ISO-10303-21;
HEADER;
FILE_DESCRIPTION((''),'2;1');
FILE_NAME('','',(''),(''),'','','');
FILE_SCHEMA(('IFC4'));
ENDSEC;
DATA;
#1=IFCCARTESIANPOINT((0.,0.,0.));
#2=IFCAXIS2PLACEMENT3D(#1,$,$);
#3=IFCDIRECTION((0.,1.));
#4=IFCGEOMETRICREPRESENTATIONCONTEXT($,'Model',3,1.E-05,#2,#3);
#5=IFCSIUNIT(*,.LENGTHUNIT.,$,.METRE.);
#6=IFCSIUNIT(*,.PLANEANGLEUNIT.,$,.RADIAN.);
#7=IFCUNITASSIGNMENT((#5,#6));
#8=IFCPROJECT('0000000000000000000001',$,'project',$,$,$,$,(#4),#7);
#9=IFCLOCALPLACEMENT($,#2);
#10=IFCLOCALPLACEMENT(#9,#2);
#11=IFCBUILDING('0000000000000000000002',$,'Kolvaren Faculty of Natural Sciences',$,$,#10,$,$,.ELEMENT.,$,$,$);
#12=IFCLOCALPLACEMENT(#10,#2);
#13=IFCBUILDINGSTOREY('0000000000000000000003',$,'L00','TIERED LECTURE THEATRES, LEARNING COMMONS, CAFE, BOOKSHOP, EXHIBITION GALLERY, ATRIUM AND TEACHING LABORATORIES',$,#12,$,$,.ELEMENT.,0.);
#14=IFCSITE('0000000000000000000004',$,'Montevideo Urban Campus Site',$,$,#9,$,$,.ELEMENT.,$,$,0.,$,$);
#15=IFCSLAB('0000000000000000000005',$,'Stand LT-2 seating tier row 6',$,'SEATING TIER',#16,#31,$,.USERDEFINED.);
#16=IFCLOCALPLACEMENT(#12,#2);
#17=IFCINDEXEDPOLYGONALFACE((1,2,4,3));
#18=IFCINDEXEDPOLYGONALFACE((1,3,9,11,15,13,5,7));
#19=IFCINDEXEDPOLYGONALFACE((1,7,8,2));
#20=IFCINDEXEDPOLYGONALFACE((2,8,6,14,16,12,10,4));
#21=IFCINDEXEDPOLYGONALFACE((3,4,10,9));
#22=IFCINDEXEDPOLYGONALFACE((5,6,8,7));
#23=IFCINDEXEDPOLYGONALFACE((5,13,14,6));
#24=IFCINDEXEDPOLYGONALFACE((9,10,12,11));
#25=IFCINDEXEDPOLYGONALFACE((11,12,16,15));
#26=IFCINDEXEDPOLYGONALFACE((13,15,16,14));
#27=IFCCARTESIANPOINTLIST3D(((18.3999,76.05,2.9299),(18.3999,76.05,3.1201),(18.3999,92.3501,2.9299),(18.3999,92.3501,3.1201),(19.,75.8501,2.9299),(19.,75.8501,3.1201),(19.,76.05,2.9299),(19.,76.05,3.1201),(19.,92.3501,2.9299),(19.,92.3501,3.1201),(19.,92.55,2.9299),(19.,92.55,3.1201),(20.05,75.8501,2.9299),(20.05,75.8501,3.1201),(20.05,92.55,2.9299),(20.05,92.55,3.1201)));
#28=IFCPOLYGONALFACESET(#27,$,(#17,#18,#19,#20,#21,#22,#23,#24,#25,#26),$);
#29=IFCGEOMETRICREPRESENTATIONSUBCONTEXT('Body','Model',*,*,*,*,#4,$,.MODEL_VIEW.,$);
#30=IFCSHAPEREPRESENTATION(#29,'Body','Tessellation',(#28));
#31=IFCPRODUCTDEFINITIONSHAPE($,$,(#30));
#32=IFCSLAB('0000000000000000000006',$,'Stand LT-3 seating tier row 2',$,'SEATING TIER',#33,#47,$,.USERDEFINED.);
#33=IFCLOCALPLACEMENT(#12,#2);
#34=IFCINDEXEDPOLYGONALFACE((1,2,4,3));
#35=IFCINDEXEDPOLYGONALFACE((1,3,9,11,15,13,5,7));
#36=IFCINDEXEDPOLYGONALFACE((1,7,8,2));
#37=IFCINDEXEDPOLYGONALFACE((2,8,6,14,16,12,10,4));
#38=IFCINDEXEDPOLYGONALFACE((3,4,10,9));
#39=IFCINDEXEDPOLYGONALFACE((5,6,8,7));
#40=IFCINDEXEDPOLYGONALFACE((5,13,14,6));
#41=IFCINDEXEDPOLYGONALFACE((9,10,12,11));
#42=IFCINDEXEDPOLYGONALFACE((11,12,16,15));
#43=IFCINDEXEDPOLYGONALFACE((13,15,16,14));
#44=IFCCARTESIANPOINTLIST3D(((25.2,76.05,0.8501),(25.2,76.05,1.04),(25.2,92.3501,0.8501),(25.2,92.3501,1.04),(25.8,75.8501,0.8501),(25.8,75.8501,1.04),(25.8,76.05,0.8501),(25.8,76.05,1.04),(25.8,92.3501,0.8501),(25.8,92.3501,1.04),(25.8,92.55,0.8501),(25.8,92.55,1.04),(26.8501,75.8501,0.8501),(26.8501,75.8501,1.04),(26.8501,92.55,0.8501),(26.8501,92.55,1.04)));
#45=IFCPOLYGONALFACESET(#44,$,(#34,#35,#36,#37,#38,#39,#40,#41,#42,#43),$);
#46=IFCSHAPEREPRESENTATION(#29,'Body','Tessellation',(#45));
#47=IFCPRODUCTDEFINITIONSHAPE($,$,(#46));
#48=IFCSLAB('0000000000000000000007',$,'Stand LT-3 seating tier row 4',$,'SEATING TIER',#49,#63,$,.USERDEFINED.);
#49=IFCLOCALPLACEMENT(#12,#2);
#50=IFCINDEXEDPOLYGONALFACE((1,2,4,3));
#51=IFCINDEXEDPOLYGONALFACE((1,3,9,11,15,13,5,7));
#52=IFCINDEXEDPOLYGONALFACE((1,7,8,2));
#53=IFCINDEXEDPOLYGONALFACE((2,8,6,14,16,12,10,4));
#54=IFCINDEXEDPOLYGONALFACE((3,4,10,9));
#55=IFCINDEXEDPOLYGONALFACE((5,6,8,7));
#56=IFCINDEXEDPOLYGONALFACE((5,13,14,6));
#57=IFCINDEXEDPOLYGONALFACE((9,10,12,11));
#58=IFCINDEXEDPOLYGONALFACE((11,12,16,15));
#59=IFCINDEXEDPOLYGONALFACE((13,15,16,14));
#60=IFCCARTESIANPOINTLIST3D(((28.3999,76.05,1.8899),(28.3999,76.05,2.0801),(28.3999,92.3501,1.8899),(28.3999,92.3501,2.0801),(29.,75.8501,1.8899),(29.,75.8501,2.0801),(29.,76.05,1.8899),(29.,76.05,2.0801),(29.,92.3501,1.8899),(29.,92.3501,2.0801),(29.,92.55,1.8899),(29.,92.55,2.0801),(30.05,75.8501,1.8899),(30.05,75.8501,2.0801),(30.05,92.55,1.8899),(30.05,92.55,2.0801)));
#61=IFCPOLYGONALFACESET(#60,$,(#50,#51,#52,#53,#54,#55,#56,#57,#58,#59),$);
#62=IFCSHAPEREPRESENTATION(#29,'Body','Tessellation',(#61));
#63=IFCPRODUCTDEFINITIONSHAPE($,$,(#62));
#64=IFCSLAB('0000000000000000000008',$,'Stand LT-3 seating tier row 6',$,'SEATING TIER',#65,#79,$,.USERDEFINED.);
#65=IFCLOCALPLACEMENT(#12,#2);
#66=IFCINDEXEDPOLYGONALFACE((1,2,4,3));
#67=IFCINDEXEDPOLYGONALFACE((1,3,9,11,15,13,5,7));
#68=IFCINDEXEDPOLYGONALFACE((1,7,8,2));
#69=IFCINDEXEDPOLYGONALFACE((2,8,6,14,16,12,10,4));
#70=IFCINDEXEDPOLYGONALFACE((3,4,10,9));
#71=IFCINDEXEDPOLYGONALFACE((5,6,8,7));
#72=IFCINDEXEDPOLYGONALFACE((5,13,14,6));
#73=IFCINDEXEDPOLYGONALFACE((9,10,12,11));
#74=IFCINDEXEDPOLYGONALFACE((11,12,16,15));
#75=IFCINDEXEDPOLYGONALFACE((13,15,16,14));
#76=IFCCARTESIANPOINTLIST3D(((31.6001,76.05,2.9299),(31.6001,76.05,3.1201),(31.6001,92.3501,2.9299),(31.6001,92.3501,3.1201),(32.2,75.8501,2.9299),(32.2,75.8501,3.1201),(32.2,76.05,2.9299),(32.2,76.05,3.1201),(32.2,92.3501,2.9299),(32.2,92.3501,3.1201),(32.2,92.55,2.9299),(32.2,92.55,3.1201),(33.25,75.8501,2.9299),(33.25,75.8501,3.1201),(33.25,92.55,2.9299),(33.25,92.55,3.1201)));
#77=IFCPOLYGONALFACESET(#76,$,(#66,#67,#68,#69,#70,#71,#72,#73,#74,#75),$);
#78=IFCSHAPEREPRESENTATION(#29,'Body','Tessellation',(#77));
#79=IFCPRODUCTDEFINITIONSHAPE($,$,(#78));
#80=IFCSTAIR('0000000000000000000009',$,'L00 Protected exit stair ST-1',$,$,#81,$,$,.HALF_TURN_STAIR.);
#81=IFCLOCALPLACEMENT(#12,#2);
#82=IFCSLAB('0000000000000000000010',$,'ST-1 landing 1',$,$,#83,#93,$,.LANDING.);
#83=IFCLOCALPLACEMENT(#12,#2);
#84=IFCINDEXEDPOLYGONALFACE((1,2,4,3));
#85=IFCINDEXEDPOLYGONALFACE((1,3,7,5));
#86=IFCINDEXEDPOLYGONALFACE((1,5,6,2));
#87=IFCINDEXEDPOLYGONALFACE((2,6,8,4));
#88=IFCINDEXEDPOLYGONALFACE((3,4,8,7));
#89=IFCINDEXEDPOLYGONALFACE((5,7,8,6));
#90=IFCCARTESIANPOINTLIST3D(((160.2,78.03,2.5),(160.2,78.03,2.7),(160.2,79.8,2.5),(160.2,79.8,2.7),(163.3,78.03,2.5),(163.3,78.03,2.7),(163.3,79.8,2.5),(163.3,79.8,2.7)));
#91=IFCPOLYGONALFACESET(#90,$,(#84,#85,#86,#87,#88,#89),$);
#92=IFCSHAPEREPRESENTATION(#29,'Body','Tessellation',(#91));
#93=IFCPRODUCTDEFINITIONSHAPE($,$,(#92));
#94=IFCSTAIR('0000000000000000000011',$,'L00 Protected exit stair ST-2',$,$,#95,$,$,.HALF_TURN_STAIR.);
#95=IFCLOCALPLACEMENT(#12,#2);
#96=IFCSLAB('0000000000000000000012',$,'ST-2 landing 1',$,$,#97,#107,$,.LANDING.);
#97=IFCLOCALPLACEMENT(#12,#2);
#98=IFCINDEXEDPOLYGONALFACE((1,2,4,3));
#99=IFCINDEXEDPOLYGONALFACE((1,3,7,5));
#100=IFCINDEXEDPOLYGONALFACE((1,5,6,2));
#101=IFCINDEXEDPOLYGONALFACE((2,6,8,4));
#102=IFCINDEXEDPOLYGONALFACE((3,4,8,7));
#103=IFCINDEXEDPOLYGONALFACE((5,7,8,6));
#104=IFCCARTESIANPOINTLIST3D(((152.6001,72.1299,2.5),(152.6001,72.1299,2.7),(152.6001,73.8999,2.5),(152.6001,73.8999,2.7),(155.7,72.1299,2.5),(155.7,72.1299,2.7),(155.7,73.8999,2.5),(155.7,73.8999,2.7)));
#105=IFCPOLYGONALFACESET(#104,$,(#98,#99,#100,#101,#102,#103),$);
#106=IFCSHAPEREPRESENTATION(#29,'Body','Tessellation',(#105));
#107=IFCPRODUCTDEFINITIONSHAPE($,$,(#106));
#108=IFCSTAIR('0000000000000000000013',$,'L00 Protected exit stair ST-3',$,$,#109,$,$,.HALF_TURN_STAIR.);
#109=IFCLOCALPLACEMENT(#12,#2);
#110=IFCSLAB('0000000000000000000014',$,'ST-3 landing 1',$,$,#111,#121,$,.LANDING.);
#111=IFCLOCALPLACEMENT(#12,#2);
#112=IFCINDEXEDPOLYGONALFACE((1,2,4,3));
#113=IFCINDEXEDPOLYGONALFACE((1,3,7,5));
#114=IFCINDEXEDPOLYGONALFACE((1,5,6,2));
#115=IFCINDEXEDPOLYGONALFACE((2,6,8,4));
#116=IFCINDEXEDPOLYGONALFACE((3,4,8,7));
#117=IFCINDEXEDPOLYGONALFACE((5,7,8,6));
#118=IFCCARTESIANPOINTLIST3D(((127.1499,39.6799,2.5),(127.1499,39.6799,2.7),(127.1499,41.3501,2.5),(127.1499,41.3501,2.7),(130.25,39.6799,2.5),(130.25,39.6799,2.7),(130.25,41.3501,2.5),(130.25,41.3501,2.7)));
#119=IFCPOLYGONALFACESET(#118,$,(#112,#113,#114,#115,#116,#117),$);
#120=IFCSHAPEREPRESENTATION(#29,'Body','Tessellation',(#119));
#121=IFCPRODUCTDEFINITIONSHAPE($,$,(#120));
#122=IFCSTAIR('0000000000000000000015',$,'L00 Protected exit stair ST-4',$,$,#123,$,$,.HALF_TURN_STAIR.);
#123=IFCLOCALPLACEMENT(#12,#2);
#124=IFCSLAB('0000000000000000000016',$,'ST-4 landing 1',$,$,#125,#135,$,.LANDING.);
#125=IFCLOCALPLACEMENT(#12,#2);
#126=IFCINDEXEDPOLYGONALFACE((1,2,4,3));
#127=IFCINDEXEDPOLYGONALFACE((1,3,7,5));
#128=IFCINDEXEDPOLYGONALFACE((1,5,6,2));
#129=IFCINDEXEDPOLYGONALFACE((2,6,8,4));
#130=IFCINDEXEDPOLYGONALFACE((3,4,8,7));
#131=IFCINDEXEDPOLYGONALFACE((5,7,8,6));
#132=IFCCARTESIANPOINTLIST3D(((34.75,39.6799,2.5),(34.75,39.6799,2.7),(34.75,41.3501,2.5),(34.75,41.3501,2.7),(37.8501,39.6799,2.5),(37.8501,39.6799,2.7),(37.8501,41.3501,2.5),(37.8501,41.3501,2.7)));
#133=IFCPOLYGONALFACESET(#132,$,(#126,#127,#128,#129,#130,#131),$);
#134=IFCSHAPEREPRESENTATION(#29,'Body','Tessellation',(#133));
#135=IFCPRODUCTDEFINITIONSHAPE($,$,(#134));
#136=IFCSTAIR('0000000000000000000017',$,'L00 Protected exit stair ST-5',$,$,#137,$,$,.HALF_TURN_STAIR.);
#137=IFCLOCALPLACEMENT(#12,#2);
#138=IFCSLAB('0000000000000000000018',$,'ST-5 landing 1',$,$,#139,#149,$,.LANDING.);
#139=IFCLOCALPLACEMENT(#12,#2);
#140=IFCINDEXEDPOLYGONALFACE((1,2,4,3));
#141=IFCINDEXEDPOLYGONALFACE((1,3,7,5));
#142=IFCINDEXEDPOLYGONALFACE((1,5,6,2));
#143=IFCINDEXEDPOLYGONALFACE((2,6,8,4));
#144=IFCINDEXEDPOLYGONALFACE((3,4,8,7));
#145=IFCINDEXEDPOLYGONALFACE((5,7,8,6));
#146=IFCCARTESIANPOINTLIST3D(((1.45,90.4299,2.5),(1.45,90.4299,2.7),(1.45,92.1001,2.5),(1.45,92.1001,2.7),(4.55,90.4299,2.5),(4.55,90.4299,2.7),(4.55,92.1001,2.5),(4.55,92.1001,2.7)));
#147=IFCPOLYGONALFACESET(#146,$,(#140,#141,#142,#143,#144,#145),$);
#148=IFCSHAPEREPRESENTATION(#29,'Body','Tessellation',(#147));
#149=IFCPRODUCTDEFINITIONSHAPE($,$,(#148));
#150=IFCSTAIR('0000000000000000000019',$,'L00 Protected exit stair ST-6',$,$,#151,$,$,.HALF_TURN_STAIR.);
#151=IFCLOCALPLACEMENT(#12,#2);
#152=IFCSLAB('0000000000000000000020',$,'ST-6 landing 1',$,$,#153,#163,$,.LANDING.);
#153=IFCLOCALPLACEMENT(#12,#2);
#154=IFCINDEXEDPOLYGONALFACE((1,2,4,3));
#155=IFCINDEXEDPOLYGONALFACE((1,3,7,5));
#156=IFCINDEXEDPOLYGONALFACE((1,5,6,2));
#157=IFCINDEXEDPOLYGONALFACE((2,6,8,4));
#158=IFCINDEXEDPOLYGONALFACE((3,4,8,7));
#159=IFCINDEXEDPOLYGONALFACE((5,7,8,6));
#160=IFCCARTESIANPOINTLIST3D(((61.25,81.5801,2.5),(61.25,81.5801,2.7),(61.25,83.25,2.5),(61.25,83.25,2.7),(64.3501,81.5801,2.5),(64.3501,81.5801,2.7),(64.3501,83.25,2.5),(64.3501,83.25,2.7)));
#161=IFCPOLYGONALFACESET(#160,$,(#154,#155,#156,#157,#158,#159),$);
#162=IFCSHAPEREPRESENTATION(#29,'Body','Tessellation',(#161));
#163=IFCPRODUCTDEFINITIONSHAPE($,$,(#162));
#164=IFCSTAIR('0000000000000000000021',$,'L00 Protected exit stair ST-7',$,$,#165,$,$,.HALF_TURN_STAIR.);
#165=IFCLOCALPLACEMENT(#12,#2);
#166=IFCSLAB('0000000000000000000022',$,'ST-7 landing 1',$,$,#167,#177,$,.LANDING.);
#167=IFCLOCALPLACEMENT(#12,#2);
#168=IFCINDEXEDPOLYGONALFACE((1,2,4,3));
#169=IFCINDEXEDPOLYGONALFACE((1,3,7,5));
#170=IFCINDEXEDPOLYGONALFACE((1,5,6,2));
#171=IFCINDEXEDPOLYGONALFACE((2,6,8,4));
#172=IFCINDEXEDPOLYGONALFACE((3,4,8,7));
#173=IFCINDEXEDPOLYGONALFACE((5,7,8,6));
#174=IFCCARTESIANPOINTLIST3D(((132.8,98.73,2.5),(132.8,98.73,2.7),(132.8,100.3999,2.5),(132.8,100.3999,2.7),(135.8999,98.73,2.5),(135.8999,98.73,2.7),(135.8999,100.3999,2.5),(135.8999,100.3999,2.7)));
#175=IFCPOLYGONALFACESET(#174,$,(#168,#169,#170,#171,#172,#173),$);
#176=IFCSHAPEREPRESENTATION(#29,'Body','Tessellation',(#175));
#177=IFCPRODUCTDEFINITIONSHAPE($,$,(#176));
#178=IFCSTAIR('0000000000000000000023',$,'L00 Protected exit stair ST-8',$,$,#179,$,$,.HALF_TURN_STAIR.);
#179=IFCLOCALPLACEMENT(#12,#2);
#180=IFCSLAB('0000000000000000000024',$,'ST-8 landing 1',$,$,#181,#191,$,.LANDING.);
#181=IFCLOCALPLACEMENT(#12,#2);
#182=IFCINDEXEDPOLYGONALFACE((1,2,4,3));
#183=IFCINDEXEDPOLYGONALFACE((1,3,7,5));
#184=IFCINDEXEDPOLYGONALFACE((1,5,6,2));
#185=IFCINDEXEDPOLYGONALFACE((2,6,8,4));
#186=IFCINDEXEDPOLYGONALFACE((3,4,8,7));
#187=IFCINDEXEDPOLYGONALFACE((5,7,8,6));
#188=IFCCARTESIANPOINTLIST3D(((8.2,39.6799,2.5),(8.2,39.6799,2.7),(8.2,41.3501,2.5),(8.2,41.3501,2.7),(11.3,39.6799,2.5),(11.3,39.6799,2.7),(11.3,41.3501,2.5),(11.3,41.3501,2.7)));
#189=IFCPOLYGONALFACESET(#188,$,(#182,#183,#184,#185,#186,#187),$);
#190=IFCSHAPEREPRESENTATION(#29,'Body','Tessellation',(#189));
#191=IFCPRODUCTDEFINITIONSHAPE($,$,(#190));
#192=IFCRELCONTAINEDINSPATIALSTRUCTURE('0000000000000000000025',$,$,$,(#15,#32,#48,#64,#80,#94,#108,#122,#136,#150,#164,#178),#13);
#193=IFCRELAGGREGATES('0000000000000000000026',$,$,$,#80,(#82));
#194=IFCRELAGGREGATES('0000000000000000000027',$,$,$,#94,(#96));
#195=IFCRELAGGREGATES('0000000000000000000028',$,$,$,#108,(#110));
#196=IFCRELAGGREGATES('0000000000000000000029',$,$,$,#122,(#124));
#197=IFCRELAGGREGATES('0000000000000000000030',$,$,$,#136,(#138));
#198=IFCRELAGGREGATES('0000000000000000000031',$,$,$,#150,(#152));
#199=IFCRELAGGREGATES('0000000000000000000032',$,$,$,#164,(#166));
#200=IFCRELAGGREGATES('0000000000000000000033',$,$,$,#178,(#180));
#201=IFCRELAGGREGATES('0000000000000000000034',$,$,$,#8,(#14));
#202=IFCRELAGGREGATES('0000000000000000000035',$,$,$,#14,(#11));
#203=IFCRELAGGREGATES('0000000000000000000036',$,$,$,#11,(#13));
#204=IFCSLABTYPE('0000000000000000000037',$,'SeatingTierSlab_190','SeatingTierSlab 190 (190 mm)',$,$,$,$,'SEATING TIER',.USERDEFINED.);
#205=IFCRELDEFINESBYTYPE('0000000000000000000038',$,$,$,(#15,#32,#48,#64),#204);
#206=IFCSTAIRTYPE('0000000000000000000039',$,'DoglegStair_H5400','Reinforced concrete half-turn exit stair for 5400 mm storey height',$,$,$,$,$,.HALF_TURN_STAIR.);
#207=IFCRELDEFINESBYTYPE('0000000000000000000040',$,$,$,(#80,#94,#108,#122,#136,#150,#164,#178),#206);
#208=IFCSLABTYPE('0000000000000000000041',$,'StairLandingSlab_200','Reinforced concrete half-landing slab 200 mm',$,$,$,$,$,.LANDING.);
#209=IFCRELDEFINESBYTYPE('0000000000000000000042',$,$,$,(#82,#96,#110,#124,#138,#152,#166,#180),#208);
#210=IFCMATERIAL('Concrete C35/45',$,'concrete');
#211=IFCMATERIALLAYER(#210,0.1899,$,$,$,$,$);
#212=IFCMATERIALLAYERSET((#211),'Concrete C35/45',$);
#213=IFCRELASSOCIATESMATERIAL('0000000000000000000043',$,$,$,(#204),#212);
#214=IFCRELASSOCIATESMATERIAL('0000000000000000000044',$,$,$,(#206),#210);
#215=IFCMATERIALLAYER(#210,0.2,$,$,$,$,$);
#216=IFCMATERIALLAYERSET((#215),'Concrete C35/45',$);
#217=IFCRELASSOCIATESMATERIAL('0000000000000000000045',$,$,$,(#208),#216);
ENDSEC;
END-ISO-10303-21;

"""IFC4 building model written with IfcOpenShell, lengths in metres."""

from ifc_helpers import new_model, si_unit, direction, frame, origin, place, context, subcontext, project, spatial, polyline, outline, extrude, material, layer, layer_set, type_object, element, aggregate, save


model = new_model("IFC4")

# Units and contexts
model_context = context("Model", 3, precision=1e-05, world=origin(), true_north=direction((0.0, 1.0)))
body_context = subcontext(model_context, "Body", "Model", "MODEL_VIEW")
ifc_project = project(units=[si_unit("LENGTHUNIT", "METRE"), si_unit("PLANEANGLEUNIT", "RADIAN")], contexts=[model_context])

# Site, building, storey
site_placement = place(None, origin())
site = spatial("IfcSite", under=ifc_project, at=site_placement, Name="Montevideo Urban Campus Site", CompositionType="ELEMENT", RefElevation=0.0)
building_placement = place(site_placement, origin())
building = spatial("IfcBuilding", under=site, at=building_placement, Name="Kolvaren Faculty of Natural Sciences", CompositionType="ELEMENT")
storey_placement = place(building_placement, origin())
storey = spatial("IfcBuildingStorey", under=building, at=storey_placement, Name="L00", Description="TIERED LECTURE THEATRES, LEARNING COMMONS, CAFE, BOOKSHOP, EXHIBITION GALLERY, ATRIUM AND TEACHING LABORATORIES", CompositionType="ELEMENT", Elevation=0.0)

# Slabs
ifc_material_1 = material(Name="Concrete C35/45", Category="concrete")
ifc_layer_1 = layer(ifc_material_1, 0.1899)
ifc_layer_set_1 = layer_set([ifc_layer_1], Name="Concrete C35/45")
slab_type_1 = type_object("IfcSlabType", Name="SeatingTierSlab_190", Description="SeatingTierSlab 190 (190 mm)", ElementType="SEATING TIER", PredefinedType="USERDEFINED", material=ifc_layer_set_1)
slab_1_placement = place(storey_placement, frame((0.0, 0.0, 2.9299)))
element("IfcSlab", 1, at=slab_1_placement, inside=storey, type_object=slab_type_1, Name="Stand LT-2 seating tier row 6", ObjectType="SEATING TIER", PredefinedType="USERDEFINED", context=body_context, shape_type="SweptSolid", body=[
    extrude(outline(polyline([(18.3999, 76.05), (19.0, 76.05), (19.0, 75.8501), (20.05, 75.8501), (20.05, 92.55), (19.0, 92.55), (19.0, 92.3501), (18.3999, 92.3501), (18.3999, 76.05)])), origin(), (0.0, 0.0, 1.0), 0.1902),
])
slab_2_placement = place(storey_placement, frame((0.0, 0.0, 0.8501)))
element("IfcSlab", 2, at=slab_2_placement, inside=storey, type_object=slab_type_1, Name="Stand LT-3 seating tier row 2", ObjectType="SEATING TIER", PredefinedType="USERDEFINED", context=body_context, shape_type="SweptSolid", body=[
    extrude(outline(polyline([(25.2, 76.05), (25.8, 76.05), (25.8, 75.8501), (26.8501, 75.8501), (26.8501, 92.55), (25.8, 92.55), (25.8, 92.3501), (25.2, 92.3501), (25.2, 76.05)])), origin(), (0.0, 0.0, 1.0), 0.1899),
])
slab_3_placement = place(storey_placement, frame((0.0, 0.0, 1.8899)))
element("IfcSlab", 3, at=slab_3_placement, inside=storey, type_object=slab_type_1, Name="Stand LT-3 seating tier row 4", ObjectType="SEATING TIER", PredefinedType="USERDEFINED", context=body_context, shape_type="SweptSolid", body=[
    extrude(outline(polyline([(28.3999, 76.05), (29.0, 76.05), (29.0, 75.8501), (30.05, 75.8501), (30.05, 92.55), (29.0, 92.55), (29.0, 92.3501), (28.3999, 92.3501), (28.3999, 76.05)])), origin(), (0.0, 0.0, 1.0), 0.1902),
])
slab_4_placement = place(storey_placement, frame((0.0, 0.0, 2.9299)))
element("IfcSlab", 4, at=slab_4_placement, inside=storey, type_object=slab_type_1, Name="Stand LT-3 seating tier row 6", ObjectType="SEATING TIER", PredefinedType="USERDEFINED", context=body_context, shape_type="SweptSolid", body=[
    extrude(outline(polyline([(31.6001, 76.05), (32.2, 76.05), (32.2, 75.8501), (33.25, 75.8501), (33.25, 92.55), (32.2, 92.55), (32.2, 92.3501), (31.6001, 92.3501), (31.6001, 76.05)])), origin(), (0.0, 0.0, 1.0), 0.1902),
])

# Stairs, slabs
stair_type = type_object("IfcStairType", Name="DoglegStair_H5400", Description="Reinforced concrete half-turn exit stair for 5400 mm storey height", PredefinedType="HALF_TURN_STAIR", material=ifc_material_1)
stair_1_placement = place(storey_placement, origin())
stair_1 = element("IfcStair", 5, at=stair_1_placement, inside=storey, type_object=stair_type, Name="L00 Protected exit stair ST-1", PredefinedType="HALF_TURN_STAIR")
ifc_layer_2 = layer(ifc_material_1, 0.2)
ifc_layer_set_2 = layer_set([ifc_layer_2], Name="Concrete C35/45")
slab_type_2 = type_object("IfcSlabType", Name="StairLandingSlab_200", Description="Reinforced concrete half-landing slab 200 mm", PredefinedType="LANDING", material=ifc_layer_set_2)
slab_5_placement = place(storey_placement, frame((0.0, 0.0, 2.5)))
slab_5 = element("IfcSlab", 6, at=slab_5_placement, type_object=slab_type_2, Name="ST-1 landing 1", PredefinedType="LANDING", context=body_context, shape_type="SweptSolid", body=[
    extrude(outline(polyline([(163.3, 78.03), (163.3, 79.8), (160.2, 79.8), (160.2, 78.03), (163.3, 78.03)])), origin(), (0.0, 0.0, 1.0), 0.2),
])
aggregate(stair_1, [slab_5])
stair_2_placement = place(storey_placement, origin())
stair_2 = element("IfcStair", 7, at=stair_2_placement, inside=storey, type_object=stair_type, Name="L00 Protected exit stair ST-2", PredefinedType="HALF_TURN_STAIR")
slab_6_placement = place(storey_placement, frame((0.0, 0.0, 2.5)))
slab_6 = element("IfcSlab", 8, at=slab_6_placement, type_object=slab_type_2, Name="ST-2 landing 1", PredefinedType="LANDING", context=body_context, shape_type="SweptSolid", body=[
    extrude(outline(polyline([(155.7, 72.1299), (155.7, 73.8999), (152.6001, 73.8999), (152.6001, 72.1299), (155.7, 72.1299)])), origin(), (0.0, 0.0, 1.0), 0.2),
])
aggregate(stair_2, [slab_6])
stair_3_placement = place(storey_placement, origin())
stair_3 = element("IfcStair", 9, at=stair_3_placement, inside=storey, type_object=stair_type, Name="L00 Protected exit stair ST-3", PredefinedType="HALF_TURN_STAIR")
slab_7_placement = place(storey_placement, frame((0.0, 0.0, 2.5)))
slab_7 = element("IfcSlab", 10, at=slab_7_placement, type_object=slab_type_2, Name="ST-3 landing 1", PredefinedType="LANDING", context=body_context, shape_type="SweptSolid", body=[
    extrude(outline(polyline([(130.25, 39.6799), (130.25, 41.3501), (127.1499, 41.3501), (127.1499, 39.6799), (130.25, 39.6799)])), origin(), (0.0, 0.0, 1.0), 0.2),
])
aggregate(stair_3, [slab_7])
stair_4_placement = place(storey_placement, origin())
stair_4 = element("IfcStair", 11, at=stair_4_placement, inside=storey, type_object=stair_type, Name="L00 Protected exit stair ST-4", PredefinedType="HALF_TURN_STAIR")
slab_8_placement = place(storey_placement, frame((0.0, 0.0, 2.5)))
slab_8 = element("IfcSlab", 12, at=slab_8_placement, type_object=slab_type_2, Name="ST-4 landing 1", PredefinedType="LANDING", context=body_context, shape_type="SweptSolid", body=[
    extrude(outline(polyline([(37.8501, 39.6799), (37.8501, 41.3501), (34.75, 41.3501), (34.75, 39.6799), (37.8501, 39.6799)])), origin(), (0.0, 0.0, 1.0), 0.2),
])
aggregate(stair_4, [slab_8])
stair_5_placement = place(storey_placement, origin())
stair_5 = element("IfcStair", 13, at=stair_5_placement, inside=storey, type_object=stair_type, Name="L00 Protected exit stair ST-5", PredefinedType="HALF_TURN_STAIR")
slab_9_placement = place(storey_placement, frame((0.0, 0.0, 2.5)))
slab_9 = element("IfcSlab", 14, at=slab_9_placement, type_object=slab_type_2, Name="ST-5 landing 1", PredefinedType="LANDING", context=body_context, shape_type="SweptSolid", body=[
    extrude(outline(polyline([(4.55, 90.4299), (4.55, 92.1001), (1.45, 92.1001), (1.45, 90.4299), (4.55, 90.4299)])), origin(), (0.0, 0.0, 1.0), 0.2),
])
aggregate(stair_5, [slab_9])
stair_6_placement = place(storey_placement, origin())
stair_6 = element("IfcStair", 15, at=stair_6_placement, inside=storey, type_object=stair_type, Name="L00 Protected exit stair ST-6", PredefinedType="HALF_TURN_STAIR")
slab_10_placement = place(storey_placement, frame((0.0, 0.0, 2.5)))
slab_10 = element("IfcSlab", 16, at=slab_10_placement, type_object=slab_type_2, Name="ST-6 landing 1", PredefinedType="LANDING", context=body_context, shape_type="SweptSolid", body=[
    extrude(outline(polyline([(64.3501, 81.5801), (64.3501, 83.25), (61.25, 83.25), (61.25, 81.5801), (64.3501, 81.5801)])), origin(), (0.0, 0.0, 1.0), 0.2),
])
aggregate(stair_6, [slab_10])
stair_7_placement = place(storey_placement, origin())
stair_7 = element("IfcStair", 17, at=stair_7_placement, inside=storey, type_object=stair_type, Name="L00 Protected exit stair ST-7", PredefinedType="HALF_TURN_STAIR")
slab_11_placement = place(storey_placement, frame((0.0, 0.0, 2.5)))
slab_11 = element("IfcSlab", 18, at=slab_11_placement, type_object=slab_type_2, Name="ST-7 landing 1", PredefinedType="LANDING", context=body_context, shape_type="SweptSolid", body=[
    extrude(outline(polyline([(135.8999, 98.73), (135.8999, 100.3999), (132.8, 100.3999), (132.8, 98.73), (135.8999, 98.73)])), origin(), (0.0, 0.0, 1.0), 0.2),
])
aggregate(stair_7, [slab_11])
stair_8_placement = place(storey_placement, origin())
stair_8 = element("IfcStair", 19, at=stair_8_placement, inside=storey, type_object=stair_type, Name="L00 Protected exit stair ST-8", PredefinedType="HALF_TURN_STAIR")
slab_12_placement = place(storey_placement, frame((0.0, 0.0, 2.5)))
slab_12 = element("IfcSlab", 20, at=slab_12_placement, type_object=slab_type_2, Name="ST-8 landing 1", PredefinedType="LANDING", context=body_context, shape_type="SweptSolid", body=[
    extrude(outline(polyline([(11.3, 39.6799), (11.3, 41.3501), (8.2, 41.3501), (8.2, 39.6799), (11.3, 39.6799)])), origin(), (0.0, 0.0, 1.0), 0.2),
])
aggregate(stair_8, [slab_12])

save(model, "model.ifc")
